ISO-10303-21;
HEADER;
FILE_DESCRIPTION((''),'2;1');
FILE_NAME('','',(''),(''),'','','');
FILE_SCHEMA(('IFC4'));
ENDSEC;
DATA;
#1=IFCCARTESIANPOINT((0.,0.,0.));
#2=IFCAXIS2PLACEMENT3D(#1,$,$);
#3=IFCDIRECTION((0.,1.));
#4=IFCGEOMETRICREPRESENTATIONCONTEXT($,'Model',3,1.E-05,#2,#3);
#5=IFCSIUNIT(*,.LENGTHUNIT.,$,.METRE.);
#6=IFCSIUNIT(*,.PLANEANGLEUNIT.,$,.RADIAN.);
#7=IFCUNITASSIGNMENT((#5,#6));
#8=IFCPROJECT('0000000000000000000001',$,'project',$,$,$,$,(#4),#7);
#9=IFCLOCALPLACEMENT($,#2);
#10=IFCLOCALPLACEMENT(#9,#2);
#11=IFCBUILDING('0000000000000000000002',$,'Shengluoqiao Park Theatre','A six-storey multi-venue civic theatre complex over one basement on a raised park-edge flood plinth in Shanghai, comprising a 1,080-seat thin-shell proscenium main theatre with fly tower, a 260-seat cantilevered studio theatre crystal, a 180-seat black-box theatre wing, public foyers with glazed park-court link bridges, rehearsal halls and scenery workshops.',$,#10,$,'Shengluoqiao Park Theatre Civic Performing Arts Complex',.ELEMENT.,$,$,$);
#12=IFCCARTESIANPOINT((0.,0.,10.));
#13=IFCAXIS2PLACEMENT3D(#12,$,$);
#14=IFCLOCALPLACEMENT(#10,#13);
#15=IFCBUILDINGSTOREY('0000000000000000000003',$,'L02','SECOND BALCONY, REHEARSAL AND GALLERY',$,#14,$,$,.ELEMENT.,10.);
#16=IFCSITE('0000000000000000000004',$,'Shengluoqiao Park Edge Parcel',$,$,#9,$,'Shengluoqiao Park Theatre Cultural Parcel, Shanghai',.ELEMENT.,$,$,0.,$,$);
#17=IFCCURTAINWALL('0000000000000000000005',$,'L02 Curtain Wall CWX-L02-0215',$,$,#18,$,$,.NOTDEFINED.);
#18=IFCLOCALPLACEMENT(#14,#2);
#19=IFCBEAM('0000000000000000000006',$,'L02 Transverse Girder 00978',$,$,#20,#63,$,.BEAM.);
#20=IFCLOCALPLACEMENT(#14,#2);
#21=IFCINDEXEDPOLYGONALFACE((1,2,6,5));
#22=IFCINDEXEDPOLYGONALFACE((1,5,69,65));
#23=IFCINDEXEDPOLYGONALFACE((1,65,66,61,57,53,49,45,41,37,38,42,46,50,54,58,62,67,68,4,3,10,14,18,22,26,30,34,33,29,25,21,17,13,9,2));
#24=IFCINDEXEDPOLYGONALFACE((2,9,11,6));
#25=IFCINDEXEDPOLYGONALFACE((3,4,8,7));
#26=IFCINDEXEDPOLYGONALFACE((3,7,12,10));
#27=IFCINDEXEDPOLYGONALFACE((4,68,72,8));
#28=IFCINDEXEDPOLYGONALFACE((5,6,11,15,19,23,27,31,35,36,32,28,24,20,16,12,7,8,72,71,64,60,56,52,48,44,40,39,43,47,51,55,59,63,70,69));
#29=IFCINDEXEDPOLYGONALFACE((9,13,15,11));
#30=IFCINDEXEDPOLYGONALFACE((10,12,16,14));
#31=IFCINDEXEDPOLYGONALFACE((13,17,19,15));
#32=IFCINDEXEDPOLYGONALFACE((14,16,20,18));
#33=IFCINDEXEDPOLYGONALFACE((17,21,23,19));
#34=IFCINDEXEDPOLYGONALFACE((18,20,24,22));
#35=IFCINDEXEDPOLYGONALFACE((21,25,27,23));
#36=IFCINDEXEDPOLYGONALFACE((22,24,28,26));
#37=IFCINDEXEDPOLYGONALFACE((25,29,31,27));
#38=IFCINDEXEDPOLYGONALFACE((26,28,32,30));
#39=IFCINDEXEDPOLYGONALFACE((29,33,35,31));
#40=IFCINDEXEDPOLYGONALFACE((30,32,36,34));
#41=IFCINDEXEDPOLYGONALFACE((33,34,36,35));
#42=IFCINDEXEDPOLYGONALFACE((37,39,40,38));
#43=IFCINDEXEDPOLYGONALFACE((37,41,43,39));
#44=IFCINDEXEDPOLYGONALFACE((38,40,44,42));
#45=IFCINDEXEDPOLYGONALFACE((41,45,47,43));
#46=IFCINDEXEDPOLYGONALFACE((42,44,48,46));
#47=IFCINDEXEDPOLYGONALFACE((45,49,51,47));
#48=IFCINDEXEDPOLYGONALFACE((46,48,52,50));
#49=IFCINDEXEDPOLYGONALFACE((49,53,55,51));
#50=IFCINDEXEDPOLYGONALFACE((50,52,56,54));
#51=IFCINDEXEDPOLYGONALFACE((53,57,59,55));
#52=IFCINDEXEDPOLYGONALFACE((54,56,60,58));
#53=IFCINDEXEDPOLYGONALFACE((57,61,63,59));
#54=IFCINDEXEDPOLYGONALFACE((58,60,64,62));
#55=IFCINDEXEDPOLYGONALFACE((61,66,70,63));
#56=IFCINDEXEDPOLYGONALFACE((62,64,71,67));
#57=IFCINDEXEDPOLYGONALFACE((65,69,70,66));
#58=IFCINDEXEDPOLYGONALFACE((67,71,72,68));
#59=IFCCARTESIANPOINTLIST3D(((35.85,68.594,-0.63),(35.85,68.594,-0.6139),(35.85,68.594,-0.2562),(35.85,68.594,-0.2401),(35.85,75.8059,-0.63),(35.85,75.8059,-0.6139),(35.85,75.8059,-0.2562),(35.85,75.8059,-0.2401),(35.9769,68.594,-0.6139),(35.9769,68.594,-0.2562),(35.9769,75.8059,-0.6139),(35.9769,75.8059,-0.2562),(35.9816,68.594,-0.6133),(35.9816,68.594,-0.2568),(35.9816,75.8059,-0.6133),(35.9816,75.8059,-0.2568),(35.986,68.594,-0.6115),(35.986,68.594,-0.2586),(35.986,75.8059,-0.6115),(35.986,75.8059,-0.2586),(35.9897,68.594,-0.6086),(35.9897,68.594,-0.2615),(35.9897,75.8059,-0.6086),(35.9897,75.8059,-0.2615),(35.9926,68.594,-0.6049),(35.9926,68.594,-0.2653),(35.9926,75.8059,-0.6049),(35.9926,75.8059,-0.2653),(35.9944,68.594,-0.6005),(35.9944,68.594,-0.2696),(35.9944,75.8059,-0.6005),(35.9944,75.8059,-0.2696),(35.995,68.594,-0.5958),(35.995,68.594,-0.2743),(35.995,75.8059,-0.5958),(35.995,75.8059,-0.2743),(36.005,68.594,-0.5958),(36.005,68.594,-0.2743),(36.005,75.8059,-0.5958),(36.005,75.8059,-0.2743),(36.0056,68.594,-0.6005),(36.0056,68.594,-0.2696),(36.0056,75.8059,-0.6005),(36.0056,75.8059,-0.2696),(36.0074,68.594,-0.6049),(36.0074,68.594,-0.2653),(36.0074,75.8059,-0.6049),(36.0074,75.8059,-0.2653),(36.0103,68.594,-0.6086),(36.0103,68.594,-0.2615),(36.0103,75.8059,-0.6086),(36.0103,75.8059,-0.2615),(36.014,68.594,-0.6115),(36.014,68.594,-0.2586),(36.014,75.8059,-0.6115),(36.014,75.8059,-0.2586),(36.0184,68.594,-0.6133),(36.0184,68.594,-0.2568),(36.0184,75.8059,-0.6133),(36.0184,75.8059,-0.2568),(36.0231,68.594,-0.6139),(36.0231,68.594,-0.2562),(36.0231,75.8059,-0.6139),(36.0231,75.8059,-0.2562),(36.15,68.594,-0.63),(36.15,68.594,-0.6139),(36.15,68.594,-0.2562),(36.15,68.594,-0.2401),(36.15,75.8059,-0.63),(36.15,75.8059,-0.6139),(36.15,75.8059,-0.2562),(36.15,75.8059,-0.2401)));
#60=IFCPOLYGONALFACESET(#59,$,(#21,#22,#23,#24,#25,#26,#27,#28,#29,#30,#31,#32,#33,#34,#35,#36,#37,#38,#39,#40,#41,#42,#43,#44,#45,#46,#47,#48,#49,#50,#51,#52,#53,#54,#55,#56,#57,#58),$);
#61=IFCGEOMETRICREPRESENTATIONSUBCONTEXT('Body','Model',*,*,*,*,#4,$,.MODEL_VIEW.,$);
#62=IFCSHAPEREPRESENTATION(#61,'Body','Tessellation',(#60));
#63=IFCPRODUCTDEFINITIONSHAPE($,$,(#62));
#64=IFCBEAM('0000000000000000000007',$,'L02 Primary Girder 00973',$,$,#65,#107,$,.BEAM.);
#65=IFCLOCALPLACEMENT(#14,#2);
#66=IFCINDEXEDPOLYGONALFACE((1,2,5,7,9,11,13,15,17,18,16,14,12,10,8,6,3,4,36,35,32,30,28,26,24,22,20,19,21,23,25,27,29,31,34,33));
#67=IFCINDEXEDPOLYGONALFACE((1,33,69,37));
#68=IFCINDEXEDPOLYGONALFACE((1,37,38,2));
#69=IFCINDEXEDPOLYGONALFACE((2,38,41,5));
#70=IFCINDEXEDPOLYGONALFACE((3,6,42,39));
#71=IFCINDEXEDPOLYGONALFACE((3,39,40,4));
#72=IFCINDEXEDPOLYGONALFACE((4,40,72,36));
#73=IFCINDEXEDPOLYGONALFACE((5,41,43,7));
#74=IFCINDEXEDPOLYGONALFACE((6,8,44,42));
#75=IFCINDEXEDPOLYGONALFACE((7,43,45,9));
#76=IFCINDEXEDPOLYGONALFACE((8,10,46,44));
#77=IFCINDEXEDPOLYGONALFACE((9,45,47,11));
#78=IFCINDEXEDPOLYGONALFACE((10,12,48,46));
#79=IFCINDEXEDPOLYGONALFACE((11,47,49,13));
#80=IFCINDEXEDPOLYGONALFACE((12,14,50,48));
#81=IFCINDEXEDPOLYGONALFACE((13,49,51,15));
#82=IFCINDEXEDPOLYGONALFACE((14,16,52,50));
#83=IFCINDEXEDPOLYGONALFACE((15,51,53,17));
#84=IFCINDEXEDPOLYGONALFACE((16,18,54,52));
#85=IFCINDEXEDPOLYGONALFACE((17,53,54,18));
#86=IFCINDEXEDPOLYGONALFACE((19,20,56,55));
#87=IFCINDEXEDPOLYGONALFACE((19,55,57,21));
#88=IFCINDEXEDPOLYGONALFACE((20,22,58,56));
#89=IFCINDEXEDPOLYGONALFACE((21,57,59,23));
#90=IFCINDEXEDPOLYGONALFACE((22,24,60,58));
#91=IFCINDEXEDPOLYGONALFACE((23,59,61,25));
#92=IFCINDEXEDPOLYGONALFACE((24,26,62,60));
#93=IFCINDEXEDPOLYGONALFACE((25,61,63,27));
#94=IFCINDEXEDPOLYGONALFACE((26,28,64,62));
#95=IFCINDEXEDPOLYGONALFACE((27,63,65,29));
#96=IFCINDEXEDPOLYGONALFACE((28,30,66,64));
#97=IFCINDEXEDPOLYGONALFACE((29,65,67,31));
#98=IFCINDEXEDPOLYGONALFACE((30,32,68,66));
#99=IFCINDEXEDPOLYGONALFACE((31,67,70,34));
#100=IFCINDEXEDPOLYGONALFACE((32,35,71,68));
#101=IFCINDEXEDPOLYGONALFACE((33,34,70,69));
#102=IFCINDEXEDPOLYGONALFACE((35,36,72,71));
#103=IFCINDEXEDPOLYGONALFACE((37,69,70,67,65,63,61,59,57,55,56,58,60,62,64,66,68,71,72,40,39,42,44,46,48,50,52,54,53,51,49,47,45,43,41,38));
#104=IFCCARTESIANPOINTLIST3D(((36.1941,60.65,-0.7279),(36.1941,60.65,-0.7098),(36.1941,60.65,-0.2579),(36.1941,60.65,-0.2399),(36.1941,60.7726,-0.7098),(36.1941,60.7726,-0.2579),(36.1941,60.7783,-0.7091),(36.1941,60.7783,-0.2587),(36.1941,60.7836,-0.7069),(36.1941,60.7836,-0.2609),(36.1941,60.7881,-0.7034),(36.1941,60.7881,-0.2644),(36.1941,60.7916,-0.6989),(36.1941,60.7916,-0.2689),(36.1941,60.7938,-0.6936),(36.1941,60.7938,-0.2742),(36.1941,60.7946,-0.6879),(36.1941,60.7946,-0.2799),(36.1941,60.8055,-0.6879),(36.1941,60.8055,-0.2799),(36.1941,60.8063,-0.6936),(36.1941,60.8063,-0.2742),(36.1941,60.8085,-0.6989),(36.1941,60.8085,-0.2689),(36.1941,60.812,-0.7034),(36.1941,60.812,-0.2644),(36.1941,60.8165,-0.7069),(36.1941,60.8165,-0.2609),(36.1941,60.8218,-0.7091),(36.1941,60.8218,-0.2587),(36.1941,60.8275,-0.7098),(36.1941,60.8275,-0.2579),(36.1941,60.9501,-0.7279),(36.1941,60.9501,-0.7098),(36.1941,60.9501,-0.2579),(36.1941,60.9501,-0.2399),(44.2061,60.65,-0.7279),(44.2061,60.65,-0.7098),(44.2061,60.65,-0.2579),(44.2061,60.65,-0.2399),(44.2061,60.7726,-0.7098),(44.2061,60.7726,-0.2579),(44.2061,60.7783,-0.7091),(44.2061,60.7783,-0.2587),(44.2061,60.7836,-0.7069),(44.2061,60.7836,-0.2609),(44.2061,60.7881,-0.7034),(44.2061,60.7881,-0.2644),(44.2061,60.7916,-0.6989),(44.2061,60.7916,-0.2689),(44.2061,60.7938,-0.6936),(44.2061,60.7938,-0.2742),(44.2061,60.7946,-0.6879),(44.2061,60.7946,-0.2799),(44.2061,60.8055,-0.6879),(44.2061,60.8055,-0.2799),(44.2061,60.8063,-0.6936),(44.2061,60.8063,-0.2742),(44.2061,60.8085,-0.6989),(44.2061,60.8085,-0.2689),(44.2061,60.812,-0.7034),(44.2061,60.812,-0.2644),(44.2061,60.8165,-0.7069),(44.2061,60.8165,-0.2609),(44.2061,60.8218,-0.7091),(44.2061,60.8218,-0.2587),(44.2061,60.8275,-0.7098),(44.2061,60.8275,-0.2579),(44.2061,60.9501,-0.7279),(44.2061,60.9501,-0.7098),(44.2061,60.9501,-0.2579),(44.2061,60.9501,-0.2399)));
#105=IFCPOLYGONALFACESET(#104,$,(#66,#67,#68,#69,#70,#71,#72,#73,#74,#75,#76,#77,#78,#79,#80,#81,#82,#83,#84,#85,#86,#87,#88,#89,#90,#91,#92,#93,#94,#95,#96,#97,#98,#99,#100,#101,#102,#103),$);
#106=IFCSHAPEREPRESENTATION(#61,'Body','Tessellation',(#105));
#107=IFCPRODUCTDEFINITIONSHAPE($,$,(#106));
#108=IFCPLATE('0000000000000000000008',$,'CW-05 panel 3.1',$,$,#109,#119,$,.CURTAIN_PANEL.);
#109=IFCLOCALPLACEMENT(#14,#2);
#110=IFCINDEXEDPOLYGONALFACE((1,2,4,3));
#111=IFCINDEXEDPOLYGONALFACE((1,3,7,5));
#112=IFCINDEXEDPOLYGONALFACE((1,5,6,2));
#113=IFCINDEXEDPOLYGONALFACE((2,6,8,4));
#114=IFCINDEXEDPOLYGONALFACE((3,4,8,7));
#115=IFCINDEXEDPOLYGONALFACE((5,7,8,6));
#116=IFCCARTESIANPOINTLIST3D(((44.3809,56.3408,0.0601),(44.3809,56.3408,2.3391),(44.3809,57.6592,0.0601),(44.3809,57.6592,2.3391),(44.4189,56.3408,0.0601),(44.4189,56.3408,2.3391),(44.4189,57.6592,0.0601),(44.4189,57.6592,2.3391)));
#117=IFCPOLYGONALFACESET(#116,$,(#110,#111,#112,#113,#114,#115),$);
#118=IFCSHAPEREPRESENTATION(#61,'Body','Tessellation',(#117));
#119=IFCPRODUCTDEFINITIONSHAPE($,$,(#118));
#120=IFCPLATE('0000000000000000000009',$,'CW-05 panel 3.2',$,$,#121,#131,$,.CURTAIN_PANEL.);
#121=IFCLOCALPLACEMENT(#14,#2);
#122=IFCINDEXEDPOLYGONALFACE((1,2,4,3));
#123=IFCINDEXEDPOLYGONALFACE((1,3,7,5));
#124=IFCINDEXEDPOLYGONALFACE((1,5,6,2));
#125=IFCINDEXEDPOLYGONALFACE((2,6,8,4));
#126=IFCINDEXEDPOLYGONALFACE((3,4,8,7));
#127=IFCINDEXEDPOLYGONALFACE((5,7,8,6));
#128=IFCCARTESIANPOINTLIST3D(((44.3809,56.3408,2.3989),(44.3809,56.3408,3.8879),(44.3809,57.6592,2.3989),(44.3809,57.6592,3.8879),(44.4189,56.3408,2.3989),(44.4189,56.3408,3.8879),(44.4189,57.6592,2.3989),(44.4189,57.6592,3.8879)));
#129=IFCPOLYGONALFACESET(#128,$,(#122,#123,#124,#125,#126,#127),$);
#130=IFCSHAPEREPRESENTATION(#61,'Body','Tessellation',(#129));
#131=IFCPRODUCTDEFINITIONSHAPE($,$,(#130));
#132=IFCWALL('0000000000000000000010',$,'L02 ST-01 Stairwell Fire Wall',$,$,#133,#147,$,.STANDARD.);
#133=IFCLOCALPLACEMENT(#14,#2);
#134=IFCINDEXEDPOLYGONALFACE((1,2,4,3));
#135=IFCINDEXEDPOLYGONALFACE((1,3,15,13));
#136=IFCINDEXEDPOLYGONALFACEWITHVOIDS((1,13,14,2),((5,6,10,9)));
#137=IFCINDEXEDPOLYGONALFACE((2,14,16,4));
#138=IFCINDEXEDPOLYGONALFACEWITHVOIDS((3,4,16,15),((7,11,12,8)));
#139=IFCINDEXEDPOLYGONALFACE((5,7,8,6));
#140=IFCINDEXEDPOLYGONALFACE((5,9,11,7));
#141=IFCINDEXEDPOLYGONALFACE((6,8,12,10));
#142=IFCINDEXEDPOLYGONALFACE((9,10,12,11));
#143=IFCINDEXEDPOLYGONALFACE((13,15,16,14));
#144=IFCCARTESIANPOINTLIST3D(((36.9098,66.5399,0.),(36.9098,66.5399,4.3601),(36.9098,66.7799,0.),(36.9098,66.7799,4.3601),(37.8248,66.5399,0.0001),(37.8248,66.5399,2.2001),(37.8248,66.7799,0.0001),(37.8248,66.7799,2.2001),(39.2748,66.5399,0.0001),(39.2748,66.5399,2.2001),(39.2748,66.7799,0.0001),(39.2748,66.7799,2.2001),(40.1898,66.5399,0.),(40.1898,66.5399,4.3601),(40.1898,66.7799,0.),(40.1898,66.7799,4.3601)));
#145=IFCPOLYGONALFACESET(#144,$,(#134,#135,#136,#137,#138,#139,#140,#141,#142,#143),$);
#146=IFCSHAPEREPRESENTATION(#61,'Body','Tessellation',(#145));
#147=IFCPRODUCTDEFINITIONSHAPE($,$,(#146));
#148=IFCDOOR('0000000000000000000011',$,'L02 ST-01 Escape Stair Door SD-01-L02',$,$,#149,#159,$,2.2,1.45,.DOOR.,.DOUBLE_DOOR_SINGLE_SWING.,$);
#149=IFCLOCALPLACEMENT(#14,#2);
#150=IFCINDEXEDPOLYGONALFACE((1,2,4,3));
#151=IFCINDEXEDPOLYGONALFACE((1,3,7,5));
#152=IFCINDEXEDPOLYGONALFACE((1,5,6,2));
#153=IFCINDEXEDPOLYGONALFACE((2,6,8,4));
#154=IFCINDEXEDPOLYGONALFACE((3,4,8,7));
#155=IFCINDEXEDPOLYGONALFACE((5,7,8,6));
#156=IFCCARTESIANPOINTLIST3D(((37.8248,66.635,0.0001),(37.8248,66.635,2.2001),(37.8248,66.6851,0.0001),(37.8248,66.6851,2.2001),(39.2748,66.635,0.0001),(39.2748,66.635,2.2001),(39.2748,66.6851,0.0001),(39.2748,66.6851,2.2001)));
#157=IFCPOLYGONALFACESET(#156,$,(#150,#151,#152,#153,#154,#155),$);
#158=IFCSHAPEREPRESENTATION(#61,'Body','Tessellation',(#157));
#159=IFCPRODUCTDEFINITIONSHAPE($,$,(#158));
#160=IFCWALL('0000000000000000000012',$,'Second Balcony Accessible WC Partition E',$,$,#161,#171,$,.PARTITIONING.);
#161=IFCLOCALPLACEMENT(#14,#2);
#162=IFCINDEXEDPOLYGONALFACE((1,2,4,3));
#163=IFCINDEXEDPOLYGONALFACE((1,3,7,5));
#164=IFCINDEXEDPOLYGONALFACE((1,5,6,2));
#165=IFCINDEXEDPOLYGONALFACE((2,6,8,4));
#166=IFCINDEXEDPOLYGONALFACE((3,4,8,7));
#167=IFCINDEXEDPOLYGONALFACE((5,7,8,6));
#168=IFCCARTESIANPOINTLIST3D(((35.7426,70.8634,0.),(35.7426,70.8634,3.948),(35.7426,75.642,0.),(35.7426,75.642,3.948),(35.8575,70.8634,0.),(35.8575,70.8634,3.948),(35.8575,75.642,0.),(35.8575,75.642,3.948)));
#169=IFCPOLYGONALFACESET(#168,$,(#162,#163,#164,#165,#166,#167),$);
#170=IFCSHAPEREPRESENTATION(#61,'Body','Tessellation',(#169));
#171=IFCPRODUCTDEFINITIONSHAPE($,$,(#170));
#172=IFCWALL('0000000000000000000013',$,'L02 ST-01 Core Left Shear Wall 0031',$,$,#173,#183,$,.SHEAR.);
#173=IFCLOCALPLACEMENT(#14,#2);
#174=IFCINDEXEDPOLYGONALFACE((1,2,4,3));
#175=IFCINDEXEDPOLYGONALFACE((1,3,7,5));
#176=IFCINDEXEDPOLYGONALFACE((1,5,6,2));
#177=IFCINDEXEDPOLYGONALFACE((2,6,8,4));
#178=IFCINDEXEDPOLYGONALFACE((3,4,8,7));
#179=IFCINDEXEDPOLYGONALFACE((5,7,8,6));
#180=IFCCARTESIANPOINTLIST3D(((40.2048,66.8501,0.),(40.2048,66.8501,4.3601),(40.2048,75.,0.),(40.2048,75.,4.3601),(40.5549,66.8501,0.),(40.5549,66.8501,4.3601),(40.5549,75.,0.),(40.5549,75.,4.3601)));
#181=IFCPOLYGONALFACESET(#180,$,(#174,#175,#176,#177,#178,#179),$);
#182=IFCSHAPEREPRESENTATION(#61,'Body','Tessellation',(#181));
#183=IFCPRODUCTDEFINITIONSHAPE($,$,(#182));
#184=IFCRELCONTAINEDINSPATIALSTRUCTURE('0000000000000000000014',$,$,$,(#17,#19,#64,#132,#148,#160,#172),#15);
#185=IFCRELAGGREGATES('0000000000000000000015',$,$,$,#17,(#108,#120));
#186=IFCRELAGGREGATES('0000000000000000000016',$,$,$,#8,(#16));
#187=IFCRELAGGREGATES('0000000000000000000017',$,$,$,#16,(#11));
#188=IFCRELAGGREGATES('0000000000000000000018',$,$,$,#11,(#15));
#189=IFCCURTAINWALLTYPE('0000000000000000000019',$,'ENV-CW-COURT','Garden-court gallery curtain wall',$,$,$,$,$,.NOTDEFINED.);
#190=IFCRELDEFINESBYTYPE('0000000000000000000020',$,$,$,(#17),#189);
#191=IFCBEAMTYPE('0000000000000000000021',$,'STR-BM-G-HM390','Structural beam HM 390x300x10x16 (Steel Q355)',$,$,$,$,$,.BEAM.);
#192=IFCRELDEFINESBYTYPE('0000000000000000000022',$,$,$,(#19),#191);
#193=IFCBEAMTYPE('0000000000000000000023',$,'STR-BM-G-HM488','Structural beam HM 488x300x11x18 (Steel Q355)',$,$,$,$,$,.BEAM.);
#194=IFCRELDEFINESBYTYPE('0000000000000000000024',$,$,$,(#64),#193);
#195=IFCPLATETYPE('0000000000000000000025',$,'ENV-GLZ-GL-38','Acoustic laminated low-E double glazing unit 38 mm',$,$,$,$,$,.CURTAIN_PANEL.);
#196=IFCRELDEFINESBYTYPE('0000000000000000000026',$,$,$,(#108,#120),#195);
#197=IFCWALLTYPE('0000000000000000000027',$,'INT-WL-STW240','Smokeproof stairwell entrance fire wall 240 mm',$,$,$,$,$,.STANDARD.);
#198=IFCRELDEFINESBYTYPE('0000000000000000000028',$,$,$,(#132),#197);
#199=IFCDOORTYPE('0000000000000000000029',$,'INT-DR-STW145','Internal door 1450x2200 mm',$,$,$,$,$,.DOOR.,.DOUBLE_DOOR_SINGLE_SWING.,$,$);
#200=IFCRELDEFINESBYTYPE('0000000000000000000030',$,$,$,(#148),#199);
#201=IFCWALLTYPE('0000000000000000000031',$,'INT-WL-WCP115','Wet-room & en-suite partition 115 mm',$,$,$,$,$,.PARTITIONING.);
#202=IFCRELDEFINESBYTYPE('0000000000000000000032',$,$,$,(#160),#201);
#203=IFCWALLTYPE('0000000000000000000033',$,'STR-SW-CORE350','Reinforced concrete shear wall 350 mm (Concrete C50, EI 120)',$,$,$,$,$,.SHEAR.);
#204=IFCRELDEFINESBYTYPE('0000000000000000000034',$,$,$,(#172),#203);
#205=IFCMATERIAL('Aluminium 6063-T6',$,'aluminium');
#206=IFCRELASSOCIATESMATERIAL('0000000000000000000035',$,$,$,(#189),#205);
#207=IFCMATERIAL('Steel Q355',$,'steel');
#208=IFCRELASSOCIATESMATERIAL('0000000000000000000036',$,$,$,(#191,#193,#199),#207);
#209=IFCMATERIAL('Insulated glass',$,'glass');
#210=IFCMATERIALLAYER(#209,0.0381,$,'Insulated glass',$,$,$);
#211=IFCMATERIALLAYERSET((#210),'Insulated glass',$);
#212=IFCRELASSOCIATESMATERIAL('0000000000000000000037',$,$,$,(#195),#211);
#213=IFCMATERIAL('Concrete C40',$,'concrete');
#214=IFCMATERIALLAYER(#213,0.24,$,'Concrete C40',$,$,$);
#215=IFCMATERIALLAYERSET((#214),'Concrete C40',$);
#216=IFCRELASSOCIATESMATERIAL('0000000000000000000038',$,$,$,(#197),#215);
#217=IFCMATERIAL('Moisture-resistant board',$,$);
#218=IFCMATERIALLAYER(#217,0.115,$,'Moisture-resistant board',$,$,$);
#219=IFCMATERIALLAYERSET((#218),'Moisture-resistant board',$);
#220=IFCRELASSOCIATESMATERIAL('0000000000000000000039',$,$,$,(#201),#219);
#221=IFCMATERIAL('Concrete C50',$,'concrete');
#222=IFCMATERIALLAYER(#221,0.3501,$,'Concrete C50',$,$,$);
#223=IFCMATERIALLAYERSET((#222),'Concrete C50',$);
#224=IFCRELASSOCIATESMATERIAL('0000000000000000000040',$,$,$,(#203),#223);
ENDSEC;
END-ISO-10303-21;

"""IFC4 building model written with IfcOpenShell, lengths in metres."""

from ifc_helpers import new_model, si_unit, direction, frame, frame_2d, origin, origin_2d, place, context, subcontext, project, spatial, rectangle, i_section, extrude, material, layer, layer_set, material_profile, profile_set, type_object, element, fill, aggregate, save


model = new_model("IFC4")

# Units and contexts
model_context = context("Model", 3, precision=1e-05, world=origin(), true_north=direction((0.0, 1.0)))
body_context = subcontext(model_context, "Body", "Model", "MODEL_VIEW")
ifc_project = project(units=[si_unit("LENGTHUNIT", "METRE"), si_unit("PLANEANGLEUNIT", "RADIAN")], contexts=[model_context])

# Site, building, storey
site_placement = place(None, origin())
site = spatial("IfcSite", under=ifc_project, at=site_placement, Name="Shengluoqiao Park Edge Parcel", LongName="Shengluoqiao Park Theatre Cultural Parcel, Shanghai", CompositionType="ELEMENT", RefElevation=0.0)
building_placement = place(site_placement, origin())
building = spatial("IfcBuilding", under=site, at=building_placement, Name="Shengluoqiao Park Theatre", Description="A six-storey multi-venue civic theatre complex over one basement on a raised park-edge flood plinth in Shanghai, comprising a 1,080-seat thin-shell proscenium main theatre with fly tower, a 260-seat cantilevered studio theatre crystal, a 180-seat black-box theatre wing, public foyers with glazed park-court link bridges, rehearsal halls and scenery workshops.", LongName="Shengluoqiao Park Theatre Civic Performing Arts Complex", CompositionType="ELEMENT")
storey_placement = place(building_placement, frame((0.0, 0.0, 10.0)))
storey = spatial("IfcBuildingStorey", under=building, at=storey_placement, Name="L02", Description="SECOND BALCONY, REHEARSAL AND GALLERY", CompositionType="ELEMENT", Elevation=10.0)

# Shared definitions
ifc_material_1 = material(Name="Concrete C50", Category="concrete")

# Curtain wall
ifc_material_2 = material(Name="Aluminium 6063-T6", Category="aluminium")
curtain_wall_type = type_object("IfcCurtainWallType", Name="ENV-CW-COURT", Description="Garden-court gallery curtain wall", PredefinedType="NOTDEFINED", material=ifc_material_2)
curtain_wall_placement = place(storey_placement, origin())
curtain_wall = element("IfcCurtainWall", 1, at=curtain_wall_placement, inside=storey, type_object=curtain_wall_type, Name="L02 Curtain Wall CWX-L02-0215", PredefinedType="NOTDEFINED")

# Beams
ifc_material_3 = material(Name="Steel Q355", Category="steel")
ifc_material_profile_1 = material_profile(ifc_material_3, i_section(OverallWidth=0.3, OverallDepth=0.3899, WebThickness=0.01, FlangeThickness=0.0161, FilletRadius=0.0181, at=origin_2d()), Name="HM 390x300x10x16")
ifc_profile_set_1 = profile_set([ifc_material_profile_1], Name="Steel Q355")
beam_type_1 = type_object("IfcBeamType", Name="STR-BM-G-HM390", Description="Structural beam HM 390x300x10x16 (Steel Q355)", PredefinedType="BEAM", material=ifc_profile_set_1)
beam_1_placement = place(storey_placement, frame((36.0, 68.594, -0.4351), z_axis=(0.0, 1.0, 0.0), x_axis=(-1.0, 0.0, 0.0)))
element("IfcBeam", 2, at=beam_1_placement, inside=storey, type_object=beam_type_1, Name="L02 Transverse Girder 00978", PredefinedType="BEAM", context=body_context, shape_type="SweptSolid", body=[
    extrude(i_section(OverallWidth=0.3, OverallDepth=0.3899, WebThickness=0.01, FlangeThickness=0.0161, FilletRadius=0.0181, at=origin_2d()), origin(), (0.0, 0.0, 1.0), 7.2119),
])
ifc_material_profile_2 = material_profile(ifc_material_3, i_section(OverallWidth=0.3, OverallDepth=0.488, WebThickness=0.011, FlangeThickness=0.0181, FilletRadius=0.022, at=origin_2d()), Name="HM 488x300x11x18")
ifc_profile_set_2 = profile_set([ifc_material_profile_2], Name="Steel Q355")
beam_type_2 = type_object("IfcBeamType", Name="STR-BM-G-HM488", Description="Structural beam HM 488x300x11x18 (Steel Q355)", PredefinedType="BEAM", material=ifc_profile_set_2)
beam_2_placement = place(storey_placement, frame((36.1941, 60.8, -0.4839), z_axis=(1.0, 0.0, 0.0), x_axis=(0.0, 1.0, 0.0)))
element("IfcBeam", 3, at=beam_2_placement, inside=storey, type_object=beam_type_2, Name="L02 Primary Girder 00973", PredefinedType="BEAM", context=body_context, shape_type="SweptSolid", body=[
    extrude(i_section(OverallWidth=0.3, OverallDepth=0.488, WebThickness=0.011, FlangeThickness=0.0181, FilletRadius=0.022, at=origin_2d()), origin(), (0.0, 0.0, 1.0), 8.012),
])

# Plates
ifc_material_4 = material(Name="Insulated glass", Category="glass")
ifc_layer_1 = layer(ifc_material_4, 0.0381, Name="Insulated glass")
ifc_layer_set_1 = layer_set([ifc_layer_1], Name="Insulated glass")
plate_type = type_object("IfcPlateType", Name="ENV-GLZ-GL-38", Description="Acoustic laminated low-E double glazing unit 38 mm", PredefinedType="CURTAIN_PANEL", material=ifc_layer_set_1)
plate_1_placement = place(storey_placement, frame((44.3999, 57.0, 0.0601), z_axis=(0.0, 0.0, 1.0), x_axis=(0.0, 1.0, 0.0)))
plate_1 = element("IfcPlate", 4, at=plate_1_placement, type_object=plate_type, Name="CW-05 panel 3.1", PredefinedType="CURTAIN_PANEL", context=body_context, shape_type="SweptSolid", body=[
    extrude(rectangle(XDim=1.3184, YDim=0.0381, at=origin_2d()), origin(), (0.0, 0.0, 1.0), 2.2791),
])
plate_2_placement = place(storey_placement, frame((44.3999, 57.0, 2.3989), z_axis=(0.0, 0.0, 1.0), x_axis=(0.0, 1.0, 0.0)))
plate_2 = element("IfcPlate", 5, at=plate_2_placement, type_object=plate_type, Name="CW-05 panel 3.2", PredefinedType="CURTAIN_PANEL", context=body_context, shape_type="SweptSolid", body=[
    extrude(rectangle(XDim=1.3184, YDim=0.0381, at=origin_2d()), origin(), (0.0, 0.0, 1.0), 1.489),
])
aggregate(curtain_wall, [plate_1, plate_2])

# Wall, opening, door
ifc_material_5 = material(Name="Concrete C40", Category="concrete")
ifc_layer_2 = layer(ifc_material_5, 0.24, Name="Concrete C40")
ifc_layer_set_2 = layer_set([ifc_layer_2], Name="Concrete C40")
wall_type_1 = type_object("IfcWallType", Name="INT-WL-STW240", Description="Smokeproof stairwell entrance fire wall 240 mm", PredefinedType="STANDARD", material=ifc_layer_set_2)
wall_1_placement = place(storey_placement, frame((40.1899, 66.6599, 0.0), z_axis=(0.0, 0.0, 1.0), x_axis=(-1.0, 0.0, 0.0)))
wall_1 = element("IfcWall", 6, at=wall_1_placement, inside=storey, type_object=wall_type_1, Name="L02 ST-01 Stairwell Fire Wall", PredefinedType="STANDARD", context=body_context, shape_type="SweptSolid", body=[
    extrude(rectangle(XDim=3.28, YDim=0.24, at=frame_2d((1.6401, 0.0))), origin(), (0.0, 0.0, 1.0), 4.3601),
])
opening_placement = place(wall_1_placement, frame((0.915, 0.0, 0.0)))
opening = element("IfcOpeningElement", 7, at=opening_placement, cuts=wall_1, PredefinedType="OPENING", context=body_context, shape_type="SweptSolid", body=[
    extrude(rectangle(XDim=1.45, YDim=2.2, at=frame_2d((0.7251, 1.1001))), frame((0.0, 0.1299, 0.0), z_axis=(0.0, -1.0, 0.0), x_axis=(1.0, 0.0, 0.0)), (0.0, 0.0, 1.0), 0.26),
])
door_type = type_object("IfcDoorType", Name="INT-DR-STW145", Description="Internal door 1450x2200 mm", OperationType="DOUBLE_DOOR_SINGLE_SWING", PredefinedType="DOOR", material=ifc_material_3)
door_placement = place(opening_placement, origin())
door = element("IfcDoor", 8, at=door_placement, inside=storey, type_object=door_type, Name="L02 ST-01 Escape Stair Door SD-01-L02", OperationType="DOUBLE_DOOR_SINGLE_SWING", OverallHeight=2.2, OverallWidth=1.45, PredefinedType="DOOR", context=body_context, shape_type="SweptSolid", body=[
    extrude(rectangle(XDim=1.45, YDim=2.2, at=frame_2d((0.7251, 1.1001))), frame((0.0, 0.0249, 0.0), z_axis=(0.0, -1.0, 0.0), x_axis=(1.0, 0.0, 0.0)), (0.0, 0.0, 1.0), 0.05),
])
fill(opening, door)

# Walls
ifc_material_6 = material(Name="Moisture-resistant board")
ifc_layer_3 = layer(ifc_material_6, 0.115, Name="Moisture-resistant board")
ifc_layer_set_3 = layer_set([ifc_layer_3], Name="Moisture-resistant board")
wall_type_2 = type_object("IfcWallType", Name="INT-WL-WCP115", Description="Wet-room & en-suite partition 115 mm", PredefinedType="PARTITIONING", material=ifc_layer_set_3)
wall_2_placement = place(storey_placement, frame((35.8, 70.8635, 0.0), z_axis=(0.0, 0.0, 1.0), x_axis=(0.0, 1.0, 0.0)))
element("IfcWall", 9, at=wall_2_placement, inside=storey, type_object=wall_type_2, Name="Second Balcony Accessible WC Partition E", PredefinedType="PARTITIONING", context=body_context, shape_type="SweptSolid", body=[
    extrude(rectangle(XDim=4.7786, YDim=0.115, at=frame_2d((2.3892, 0.0))), origin(), (0.0, 0.0, 1.0), 3.948),
])
ifc_layer_4 = layer(ifc_material_1, 0.3501, Name="Concrete C50")
ifc_layer_set_4 = layer_set([ifc_layer_4], Name="Concrete C50")
wall_type_3 = type_object("IfcWallType", Name="STR-SW-CORE350", Description="Reinforced concrete shear wall 350 mm (Concrete C50, EI 120)", PredefinedType="SHEAR", material=ifc_layer_set_4)
wall_3_placement = place(storey_placement, frame((40.3799, 66.8501, 0.0), z_axis=(0.0, 0.0, 1.0), x_axis=(0.0, 1.0, 0.0)))
element("IfcWall", 10, at=wall_3_placement, inside=storey, type_object=wall_type_3, Name="L02 ST-01 Core Left Shear Wall 0031", PredefinedType="SHEAR", context=body_context, shape_type="SweptSolid", body=[
    extrude(rectangle(XDim=8.1499, YDim=0.3501, at=frame_2d((4.075, 0.0))), origin(), (0.0, 0.0, 1.0), 4.3601),
])

save(model, "model.ifc")
